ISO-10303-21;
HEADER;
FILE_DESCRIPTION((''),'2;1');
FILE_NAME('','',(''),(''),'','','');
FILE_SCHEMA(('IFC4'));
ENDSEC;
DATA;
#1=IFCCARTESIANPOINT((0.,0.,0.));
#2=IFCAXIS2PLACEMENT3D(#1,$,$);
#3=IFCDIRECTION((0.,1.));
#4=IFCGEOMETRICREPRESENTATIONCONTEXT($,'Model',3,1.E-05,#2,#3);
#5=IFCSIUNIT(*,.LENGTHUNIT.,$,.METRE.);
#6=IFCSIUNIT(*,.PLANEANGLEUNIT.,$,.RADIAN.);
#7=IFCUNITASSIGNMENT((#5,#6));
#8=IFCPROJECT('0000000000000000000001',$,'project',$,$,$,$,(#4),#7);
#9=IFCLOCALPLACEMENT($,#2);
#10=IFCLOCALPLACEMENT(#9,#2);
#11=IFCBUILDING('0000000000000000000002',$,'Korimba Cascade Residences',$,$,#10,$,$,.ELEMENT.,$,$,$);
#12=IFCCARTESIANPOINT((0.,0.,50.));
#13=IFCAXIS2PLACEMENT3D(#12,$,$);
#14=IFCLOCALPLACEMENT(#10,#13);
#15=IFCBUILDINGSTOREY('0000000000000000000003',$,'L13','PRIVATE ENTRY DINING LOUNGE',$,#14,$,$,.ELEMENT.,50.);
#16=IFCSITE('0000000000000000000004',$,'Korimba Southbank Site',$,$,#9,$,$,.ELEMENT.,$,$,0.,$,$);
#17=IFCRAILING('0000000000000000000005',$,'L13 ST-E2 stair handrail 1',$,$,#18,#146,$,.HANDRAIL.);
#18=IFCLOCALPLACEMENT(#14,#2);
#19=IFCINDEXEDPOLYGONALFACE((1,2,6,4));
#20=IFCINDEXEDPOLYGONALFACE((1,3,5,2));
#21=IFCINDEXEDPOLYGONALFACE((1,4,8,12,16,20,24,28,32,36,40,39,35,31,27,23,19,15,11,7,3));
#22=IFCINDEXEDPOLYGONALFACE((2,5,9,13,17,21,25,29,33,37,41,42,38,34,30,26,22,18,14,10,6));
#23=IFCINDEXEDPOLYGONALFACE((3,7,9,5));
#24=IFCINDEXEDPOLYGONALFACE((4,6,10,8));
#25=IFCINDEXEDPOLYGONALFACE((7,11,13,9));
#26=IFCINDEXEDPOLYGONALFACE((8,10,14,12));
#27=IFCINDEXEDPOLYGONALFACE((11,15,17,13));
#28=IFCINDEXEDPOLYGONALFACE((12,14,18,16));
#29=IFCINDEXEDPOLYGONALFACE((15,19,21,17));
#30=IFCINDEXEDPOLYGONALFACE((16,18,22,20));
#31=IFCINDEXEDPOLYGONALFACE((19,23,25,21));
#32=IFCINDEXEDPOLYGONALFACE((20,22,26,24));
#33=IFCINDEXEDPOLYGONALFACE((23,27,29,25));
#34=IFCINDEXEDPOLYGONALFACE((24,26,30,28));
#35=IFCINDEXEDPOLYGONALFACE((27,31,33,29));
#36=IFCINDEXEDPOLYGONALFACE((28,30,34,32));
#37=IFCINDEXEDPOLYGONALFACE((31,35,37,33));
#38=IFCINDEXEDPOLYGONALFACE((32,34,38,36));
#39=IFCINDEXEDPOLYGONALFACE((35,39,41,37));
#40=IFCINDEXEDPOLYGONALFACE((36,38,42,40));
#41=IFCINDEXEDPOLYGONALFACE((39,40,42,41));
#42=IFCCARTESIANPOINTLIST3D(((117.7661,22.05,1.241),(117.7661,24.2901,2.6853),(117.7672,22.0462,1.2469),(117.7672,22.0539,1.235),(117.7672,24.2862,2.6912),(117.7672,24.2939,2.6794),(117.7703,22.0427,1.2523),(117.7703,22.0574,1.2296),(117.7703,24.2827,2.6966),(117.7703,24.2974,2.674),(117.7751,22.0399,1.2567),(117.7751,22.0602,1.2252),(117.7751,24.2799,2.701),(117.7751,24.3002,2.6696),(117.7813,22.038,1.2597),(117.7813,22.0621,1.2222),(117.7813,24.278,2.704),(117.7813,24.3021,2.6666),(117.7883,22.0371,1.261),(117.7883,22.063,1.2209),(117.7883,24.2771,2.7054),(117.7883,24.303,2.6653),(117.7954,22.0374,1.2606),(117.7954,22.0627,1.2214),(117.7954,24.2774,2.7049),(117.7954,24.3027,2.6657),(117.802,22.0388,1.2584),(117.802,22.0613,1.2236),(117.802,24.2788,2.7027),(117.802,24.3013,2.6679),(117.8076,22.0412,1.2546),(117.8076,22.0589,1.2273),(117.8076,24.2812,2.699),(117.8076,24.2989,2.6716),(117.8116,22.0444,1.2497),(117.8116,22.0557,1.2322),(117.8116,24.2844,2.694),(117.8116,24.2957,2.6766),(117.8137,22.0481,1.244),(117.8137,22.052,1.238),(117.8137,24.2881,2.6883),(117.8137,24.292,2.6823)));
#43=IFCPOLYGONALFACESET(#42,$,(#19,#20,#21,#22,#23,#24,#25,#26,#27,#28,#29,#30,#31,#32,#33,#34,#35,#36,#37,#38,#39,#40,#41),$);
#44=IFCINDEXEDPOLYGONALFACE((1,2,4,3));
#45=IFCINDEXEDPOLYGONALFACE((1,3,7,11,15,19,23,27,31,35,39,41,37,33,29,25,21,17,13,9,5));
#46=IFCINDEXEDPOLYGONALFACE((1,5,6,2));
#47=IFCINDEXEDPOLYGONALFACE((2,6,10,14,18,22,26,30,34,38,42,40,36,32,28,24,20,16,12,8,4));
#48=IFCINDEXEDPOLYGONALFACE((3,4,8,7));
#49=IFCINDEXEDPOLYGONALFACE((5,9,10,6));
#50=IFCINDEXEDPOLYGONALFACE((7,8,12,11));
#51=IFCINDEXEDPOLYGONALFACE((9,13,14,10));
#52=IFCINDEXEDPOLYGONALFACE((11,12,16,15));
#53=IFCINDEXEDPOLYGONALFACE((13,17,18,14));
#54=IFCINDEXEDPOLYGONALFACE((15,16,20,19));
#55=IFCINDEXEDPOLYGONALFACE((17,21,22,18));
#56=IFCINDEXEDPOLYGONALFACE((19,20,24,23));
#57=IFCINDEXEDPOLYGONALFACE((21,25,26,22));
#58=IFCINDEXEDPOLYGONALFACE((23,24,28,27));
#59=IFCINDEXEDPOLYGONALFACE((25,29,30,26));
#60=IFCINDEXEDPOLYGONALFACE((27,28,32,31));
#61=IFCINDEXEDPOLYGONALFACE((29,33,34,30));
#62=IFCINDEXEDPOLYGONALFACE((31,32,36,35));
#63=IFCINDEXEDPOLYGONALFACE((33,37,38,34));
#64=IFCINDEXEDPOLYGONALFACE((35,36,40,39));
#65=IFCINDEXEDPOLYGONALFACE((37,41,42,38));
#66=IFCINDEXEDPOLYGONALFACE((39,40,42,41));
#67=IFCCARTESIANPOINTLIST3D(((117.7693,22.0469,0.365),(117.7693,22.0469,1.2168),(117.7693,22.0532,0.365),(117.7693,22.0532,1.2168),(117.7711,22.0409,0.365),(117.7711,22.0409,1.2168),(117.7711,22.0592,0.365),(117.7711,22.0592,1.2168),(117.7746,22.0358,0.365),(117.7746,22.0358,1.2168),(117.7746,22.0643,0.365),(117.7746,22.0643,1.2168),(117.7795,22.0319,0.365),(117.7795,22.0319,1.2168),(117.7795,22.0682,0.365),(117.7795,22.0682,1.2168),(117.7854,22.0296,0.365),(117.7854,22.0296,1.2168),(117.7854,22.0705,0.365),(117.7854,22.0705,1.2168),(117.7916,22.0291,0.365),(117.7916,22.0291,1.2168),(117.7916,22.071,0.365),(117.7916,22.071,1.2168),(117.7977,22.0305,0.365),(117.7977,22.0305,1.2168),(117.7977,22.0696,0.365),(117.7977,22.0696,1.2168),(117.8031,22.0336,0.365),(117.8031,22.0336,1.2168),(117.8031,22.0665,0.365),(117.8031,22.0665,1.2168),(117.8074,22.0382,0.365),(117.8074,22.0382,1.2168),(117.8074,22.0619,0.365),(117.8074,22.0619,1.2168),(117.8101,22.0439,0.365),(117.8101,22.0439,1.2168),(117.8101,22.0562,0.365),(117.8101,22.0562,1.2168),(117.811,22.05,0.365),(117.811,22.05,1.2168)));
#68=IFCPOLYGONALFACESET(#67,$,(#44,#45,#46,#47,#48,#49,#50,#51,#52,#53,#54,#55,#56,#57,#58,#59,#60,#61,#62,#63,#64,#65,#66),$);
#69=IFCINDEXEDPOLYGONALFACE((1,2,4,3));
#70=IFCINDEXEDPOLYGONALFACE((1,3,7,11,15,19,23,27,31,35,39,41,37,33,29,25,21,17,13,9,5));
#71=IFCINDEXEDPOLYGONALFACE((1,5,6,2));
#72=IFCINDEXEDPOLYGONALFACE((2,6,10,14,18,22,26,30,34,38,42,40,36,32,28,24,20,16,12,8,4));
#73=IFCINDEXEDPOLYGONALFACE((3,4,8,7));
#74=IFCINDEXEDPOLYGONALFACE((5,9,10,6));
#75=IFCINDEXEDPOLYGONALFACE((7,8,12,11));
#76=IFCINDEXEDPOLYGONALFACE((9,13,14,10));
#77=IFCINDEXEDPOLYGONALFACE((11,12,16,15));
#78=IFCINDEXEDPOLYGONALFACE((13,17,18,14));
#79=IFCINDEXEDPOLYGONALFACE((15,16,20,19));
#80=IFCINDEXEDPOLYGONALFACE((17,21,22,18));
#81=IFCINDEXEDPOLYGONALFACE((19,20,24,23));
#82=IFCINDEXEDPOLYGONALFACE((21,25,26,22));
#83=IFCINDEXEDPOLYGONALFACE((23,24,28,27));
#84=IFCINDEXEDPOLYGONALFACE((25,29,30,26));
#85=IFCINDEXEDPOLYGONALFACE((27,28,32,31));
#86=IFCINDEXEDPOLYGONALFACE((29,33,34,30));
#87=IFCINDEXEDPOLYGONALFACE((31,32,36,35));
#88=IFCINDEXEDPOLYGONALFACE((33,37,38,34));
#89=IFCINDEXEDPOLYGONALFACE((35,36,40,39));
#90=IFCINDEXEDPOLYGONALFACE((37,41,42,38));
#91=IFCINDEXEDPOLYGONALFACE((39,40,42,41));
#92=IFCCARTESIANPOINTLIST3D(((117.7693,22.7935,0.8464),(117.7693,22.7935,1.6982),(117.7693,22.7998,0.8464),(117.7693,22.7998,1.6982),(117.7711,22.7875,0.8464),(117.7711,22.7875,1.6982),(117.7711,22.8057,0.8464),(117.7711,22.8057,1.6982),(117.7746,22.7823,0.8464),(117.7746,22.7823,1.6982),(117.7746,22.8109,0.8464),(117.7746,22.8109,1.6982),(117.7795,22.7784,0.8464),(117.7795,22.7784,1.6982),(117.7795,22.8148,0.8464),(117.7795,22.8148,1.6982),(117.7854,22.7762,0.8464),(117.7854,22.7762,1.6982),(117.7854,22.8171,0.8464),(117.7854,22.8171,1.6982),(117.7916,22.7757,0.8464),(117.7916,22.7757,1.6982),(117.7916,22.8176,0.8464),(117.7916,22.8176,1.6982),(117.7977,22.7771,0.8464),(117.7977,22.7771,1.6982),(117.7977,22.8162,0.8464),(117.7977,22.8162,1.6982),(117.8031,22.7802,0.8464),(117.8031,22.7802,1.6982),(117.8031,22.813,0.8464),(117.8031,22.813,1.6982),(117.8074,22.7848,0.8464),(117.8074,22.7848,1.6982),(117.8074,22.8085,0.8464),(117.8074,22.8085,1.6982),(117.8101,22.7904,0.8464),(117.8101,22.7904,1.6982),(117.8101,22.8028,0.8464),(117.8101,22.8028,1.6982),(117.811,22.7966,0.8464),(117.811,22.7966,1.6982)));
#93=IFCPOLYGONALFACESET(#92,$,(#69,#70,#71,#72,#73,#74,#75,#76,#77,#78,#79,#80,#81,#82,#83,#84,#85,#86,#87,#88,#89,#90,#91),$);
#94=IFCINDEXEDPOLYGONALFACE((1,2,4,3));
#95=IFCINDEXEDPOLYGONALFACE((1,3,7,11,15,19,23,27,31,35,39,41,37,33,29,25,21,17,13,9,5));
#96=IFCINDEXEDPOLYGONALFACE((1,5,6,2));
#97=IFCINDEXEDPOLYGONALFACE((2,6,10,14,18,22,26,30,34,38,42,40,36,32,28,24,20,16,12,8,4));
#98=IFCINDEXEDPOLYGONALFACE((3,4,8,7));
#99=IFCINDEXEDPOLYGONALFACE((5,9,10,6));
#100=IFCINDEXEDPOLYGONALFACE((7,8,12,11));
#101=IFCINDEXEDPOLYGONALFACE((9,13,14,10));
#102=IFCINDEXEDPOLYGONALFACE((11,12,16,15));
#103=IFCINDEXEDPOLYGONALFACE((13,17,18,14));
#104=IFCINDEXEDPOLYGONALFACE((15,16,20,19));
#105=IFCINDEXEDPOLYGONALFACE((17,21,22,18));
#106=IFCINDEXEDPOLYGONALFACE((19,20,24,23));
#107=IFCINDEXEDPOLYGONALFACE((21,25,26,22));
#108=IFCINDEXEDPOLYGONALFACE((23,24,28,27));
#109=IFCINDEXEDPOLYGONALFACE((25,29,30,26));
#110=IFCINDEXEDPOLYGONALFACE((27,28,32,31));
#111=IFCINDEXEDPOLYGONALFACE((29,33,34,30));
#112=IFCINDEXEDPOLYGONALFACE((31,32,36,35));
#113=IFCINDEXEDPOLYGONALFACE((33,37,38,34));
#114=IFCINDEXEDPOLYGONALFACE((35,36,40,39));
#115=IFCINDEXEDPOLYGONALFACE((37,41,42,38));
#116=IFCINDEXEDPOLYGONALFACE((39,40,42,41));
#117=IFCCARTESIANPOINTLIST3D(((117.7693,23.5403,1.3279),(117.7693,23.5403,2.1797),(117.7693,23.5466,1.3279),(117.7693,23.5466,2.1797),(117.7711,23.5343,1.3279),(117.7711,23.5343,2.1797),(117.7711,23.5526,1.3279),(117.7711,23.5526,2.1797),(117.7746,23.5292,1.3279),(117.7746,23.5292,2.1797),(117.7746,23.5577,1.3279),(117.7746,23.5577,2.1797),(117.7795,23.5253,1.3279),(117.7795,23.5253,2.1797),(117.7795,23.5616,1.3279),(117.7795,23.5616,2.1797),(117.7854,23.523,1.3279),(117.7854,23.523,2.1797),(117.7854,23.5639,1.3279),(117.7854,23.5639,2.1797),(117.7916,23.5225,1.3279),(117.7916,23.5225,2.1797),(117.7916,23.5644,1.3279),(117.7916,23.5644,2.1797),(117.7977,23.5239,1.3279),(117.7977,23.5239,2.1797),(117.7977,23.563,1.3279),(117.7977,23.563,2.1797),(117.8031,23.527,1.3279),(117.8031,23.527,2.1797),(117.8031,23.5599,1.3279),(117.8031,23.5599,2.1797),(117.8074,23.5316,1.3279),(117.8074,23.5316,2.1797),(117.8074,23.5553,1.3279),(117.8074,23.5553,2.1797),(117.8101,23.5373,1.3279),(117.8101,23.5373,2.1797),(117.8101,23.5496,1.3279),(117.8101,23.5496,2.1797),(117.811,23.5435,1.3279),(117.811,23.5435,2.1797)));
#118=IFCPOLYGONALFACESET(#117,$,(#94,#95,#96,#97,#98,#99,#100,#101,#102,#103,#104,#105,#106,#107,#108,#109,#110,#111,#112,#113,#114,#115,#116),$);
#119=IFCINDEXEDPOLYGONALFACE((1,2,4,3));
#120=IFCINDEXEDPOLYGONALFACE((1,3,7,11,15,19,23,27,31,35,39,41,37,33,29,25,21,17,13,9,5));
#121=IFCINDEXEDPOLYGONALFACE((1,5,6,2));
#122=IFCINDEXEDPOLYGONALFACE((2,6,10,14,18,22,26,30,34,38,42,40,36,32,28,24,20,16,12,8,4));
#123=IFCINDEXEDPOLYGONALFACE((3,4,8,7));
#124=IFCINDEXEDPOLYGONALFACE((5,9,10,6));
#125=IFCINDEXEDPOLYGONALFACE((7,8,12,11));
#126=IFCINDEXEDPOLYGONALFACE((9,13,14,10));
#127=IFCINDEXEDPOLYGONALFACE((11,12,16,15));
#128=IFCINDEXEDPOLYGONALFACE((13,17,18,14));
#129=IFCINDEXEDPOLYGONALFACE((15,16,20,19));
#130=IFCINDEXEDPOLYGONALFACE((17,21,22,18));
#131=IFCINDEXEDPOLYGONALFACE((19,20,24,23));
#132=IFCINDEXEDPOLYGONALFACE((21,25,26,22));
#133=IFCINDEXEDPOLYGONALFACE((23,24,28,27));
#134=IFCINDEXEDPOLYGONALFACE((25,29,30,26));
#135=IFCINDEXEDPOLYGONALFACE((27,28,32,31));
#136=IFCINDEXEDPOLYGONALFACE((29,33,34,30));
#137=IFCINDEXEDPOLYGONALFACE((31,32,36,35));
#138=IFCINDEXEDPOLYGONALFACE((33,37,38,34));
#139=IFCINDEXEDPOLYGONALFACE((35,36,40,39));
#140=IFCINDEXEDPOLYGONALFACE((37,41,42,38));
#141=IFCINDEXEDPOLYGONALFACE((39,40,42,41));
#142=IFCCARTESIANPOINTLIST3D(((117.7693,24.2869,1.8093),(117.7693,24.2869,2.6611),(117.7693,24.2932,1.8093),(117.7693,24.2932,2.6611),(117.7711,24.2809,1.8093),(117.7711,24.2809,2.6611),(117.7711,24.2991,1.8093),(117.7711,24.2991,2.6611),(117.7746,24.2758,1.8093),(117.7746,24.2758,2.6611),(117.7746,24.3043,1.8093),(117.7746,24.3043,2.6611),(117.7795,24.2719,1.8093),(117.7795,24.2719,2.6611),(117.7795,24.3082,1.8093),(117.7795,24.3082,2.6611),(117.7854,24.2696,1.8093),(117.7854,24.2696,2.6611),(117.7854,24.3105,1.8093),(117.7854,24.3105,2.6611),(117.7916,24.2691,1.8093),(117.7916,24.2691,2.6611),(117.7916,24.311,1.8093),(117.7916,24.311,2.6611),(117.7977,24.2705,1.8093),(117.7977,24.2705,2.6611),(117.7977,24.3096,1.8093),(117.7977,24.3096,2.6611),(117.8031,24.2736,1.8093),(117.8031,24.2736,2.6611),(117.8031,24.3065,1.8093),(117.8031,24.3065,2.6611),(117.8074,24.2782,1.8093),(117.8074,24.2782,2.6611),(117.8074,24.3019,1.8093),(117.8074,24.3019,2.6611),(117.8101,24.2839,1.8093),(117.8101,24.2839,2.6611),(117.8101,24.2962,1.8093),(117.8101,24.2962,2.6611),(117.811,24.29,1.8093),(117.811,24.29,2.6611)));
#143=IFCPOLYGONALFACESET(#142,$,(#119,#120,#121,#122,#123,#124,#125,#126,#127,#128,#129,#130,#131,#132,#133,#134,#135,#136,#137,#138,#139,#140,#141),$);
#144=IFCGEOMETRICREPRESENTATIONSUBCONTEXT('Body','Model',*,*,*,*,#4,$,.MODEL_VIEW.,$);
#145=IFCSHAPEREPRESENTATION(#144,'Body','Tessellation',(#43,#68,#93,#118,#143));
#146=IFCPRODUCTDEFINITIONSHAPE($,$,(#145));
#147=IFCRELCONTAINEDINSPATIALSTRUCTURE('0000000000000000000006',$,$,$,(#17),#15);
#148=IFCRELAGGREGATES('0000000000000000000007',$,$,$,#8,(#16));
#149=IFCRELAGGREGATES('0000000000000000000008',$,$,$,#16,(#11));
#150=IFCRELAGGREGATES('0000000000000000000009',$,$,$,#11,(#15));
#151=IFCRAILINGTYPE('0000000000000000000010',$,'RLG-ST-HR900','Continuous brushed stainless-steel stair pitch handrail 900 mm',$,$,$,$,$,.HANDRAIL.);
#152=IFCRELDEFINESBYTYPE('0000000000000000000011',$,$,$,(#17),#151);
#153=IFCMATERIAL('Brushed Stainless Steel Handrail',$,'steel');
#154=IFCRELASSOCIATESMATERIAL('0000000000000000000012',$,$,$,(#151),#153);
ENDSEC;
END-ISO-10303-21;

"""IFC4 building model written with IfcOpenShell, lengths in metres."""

from ifc_helpers import new_model, si_unit, direction, frame, origin, origin_2d, place, context, subcontext, project, spatial, circle, extrude, material, type_object, element, save


model = new_model("IFC4")

# Units and contexts
model_context = context("Model", 3, precision=1e-05, world=origin(), true_north=direction((0.0, 1.0)))
body_context = subcontext(model_context, "Body", "Model", "MODEL_VIEW")
ifc_project = project(units=[si_unit("LENGTHUNIT", "METRE"), si_unit("PLANEANGLEUNIT", "RADIAN")], contexts=[model_context])

# Site, building, storey
site_placement = place(None, origin())
site = spatial("IfcSite", under=ifc_project, at=site_placement, Name="Korimba Southbank Site", CompositionType="ELEMENT", RefElevation=0.0)
building_placement = place(site_placement, origin())
building = spatial("IfcBuilding", under=site, at=building_placement, Name="Korimba Cascade Residences", CompositionType="ELEMENT")
storey_placement = place(building_placement, frame((0.0, 0.0, 50.0)))
storey = spatial("IfcBuildingStorey", under=building, at=storey_placement, Name="L13", Description="PRIVATE ENTRY DINING LOUNGE", CompositionType="ELEMENT", Elevation=50.0)

# Railing
ifc_material_1 = material(Name="Brushed Stainless Steel Handrail", Category="steel")
railing_type_1 = type_object("IfcRailingType", Name="RLG-ST-HR900", Description="Continuous brushed stainless-steel stair pitch handrail 900 mm", PredefinedType="HANDRAIL", material=ifc_material_1)
railing_1_placement = place(storey_placement, frame((117.79, 22.05, 0.365)))
element("IfcRailing", 1, at=railing_1_placement, inside=storey, type_object=railing_type_1, Name="L13 ST-E2 stair handrail 1", PredefinedType="HANDRAIL", context=body_context, shape_type="SweptSolid", body=[
    extrude(circle(Radius=0.0239, at=origin_2d()), frame((0.0, 0.0, 0.876), z_axis=(0.0, 0.840437, 0.54191), x_axis=(-1.0, 0.0, 0.0)), (0.0, 0.0, 1.0), 2.6653),
    extrude(circle(Radius=0.021, at=origin_2d()), origin(), (0.0, 0.0, 1.0), 0.8518),
    extrude(circle(Radius=0.021, at=origin_2d()), frame((0.0, 0.7466, 0.4814)), (0.0, 0.0, 1.0), 0.8518),
    extrude(circle(Radius=0.021, at=origin_2d()), frame((0.0, 1.4934, 0.9629)), (0.0, 0.0, 1.0), 0.8518),
    extrude(circle(Radius=0.021, at=origin_2d()), frame((0.0, 2.24, 1.4443)), (0.0, 0.0, 1.0), 0.8518),
])

save(model, "model.ifc")
